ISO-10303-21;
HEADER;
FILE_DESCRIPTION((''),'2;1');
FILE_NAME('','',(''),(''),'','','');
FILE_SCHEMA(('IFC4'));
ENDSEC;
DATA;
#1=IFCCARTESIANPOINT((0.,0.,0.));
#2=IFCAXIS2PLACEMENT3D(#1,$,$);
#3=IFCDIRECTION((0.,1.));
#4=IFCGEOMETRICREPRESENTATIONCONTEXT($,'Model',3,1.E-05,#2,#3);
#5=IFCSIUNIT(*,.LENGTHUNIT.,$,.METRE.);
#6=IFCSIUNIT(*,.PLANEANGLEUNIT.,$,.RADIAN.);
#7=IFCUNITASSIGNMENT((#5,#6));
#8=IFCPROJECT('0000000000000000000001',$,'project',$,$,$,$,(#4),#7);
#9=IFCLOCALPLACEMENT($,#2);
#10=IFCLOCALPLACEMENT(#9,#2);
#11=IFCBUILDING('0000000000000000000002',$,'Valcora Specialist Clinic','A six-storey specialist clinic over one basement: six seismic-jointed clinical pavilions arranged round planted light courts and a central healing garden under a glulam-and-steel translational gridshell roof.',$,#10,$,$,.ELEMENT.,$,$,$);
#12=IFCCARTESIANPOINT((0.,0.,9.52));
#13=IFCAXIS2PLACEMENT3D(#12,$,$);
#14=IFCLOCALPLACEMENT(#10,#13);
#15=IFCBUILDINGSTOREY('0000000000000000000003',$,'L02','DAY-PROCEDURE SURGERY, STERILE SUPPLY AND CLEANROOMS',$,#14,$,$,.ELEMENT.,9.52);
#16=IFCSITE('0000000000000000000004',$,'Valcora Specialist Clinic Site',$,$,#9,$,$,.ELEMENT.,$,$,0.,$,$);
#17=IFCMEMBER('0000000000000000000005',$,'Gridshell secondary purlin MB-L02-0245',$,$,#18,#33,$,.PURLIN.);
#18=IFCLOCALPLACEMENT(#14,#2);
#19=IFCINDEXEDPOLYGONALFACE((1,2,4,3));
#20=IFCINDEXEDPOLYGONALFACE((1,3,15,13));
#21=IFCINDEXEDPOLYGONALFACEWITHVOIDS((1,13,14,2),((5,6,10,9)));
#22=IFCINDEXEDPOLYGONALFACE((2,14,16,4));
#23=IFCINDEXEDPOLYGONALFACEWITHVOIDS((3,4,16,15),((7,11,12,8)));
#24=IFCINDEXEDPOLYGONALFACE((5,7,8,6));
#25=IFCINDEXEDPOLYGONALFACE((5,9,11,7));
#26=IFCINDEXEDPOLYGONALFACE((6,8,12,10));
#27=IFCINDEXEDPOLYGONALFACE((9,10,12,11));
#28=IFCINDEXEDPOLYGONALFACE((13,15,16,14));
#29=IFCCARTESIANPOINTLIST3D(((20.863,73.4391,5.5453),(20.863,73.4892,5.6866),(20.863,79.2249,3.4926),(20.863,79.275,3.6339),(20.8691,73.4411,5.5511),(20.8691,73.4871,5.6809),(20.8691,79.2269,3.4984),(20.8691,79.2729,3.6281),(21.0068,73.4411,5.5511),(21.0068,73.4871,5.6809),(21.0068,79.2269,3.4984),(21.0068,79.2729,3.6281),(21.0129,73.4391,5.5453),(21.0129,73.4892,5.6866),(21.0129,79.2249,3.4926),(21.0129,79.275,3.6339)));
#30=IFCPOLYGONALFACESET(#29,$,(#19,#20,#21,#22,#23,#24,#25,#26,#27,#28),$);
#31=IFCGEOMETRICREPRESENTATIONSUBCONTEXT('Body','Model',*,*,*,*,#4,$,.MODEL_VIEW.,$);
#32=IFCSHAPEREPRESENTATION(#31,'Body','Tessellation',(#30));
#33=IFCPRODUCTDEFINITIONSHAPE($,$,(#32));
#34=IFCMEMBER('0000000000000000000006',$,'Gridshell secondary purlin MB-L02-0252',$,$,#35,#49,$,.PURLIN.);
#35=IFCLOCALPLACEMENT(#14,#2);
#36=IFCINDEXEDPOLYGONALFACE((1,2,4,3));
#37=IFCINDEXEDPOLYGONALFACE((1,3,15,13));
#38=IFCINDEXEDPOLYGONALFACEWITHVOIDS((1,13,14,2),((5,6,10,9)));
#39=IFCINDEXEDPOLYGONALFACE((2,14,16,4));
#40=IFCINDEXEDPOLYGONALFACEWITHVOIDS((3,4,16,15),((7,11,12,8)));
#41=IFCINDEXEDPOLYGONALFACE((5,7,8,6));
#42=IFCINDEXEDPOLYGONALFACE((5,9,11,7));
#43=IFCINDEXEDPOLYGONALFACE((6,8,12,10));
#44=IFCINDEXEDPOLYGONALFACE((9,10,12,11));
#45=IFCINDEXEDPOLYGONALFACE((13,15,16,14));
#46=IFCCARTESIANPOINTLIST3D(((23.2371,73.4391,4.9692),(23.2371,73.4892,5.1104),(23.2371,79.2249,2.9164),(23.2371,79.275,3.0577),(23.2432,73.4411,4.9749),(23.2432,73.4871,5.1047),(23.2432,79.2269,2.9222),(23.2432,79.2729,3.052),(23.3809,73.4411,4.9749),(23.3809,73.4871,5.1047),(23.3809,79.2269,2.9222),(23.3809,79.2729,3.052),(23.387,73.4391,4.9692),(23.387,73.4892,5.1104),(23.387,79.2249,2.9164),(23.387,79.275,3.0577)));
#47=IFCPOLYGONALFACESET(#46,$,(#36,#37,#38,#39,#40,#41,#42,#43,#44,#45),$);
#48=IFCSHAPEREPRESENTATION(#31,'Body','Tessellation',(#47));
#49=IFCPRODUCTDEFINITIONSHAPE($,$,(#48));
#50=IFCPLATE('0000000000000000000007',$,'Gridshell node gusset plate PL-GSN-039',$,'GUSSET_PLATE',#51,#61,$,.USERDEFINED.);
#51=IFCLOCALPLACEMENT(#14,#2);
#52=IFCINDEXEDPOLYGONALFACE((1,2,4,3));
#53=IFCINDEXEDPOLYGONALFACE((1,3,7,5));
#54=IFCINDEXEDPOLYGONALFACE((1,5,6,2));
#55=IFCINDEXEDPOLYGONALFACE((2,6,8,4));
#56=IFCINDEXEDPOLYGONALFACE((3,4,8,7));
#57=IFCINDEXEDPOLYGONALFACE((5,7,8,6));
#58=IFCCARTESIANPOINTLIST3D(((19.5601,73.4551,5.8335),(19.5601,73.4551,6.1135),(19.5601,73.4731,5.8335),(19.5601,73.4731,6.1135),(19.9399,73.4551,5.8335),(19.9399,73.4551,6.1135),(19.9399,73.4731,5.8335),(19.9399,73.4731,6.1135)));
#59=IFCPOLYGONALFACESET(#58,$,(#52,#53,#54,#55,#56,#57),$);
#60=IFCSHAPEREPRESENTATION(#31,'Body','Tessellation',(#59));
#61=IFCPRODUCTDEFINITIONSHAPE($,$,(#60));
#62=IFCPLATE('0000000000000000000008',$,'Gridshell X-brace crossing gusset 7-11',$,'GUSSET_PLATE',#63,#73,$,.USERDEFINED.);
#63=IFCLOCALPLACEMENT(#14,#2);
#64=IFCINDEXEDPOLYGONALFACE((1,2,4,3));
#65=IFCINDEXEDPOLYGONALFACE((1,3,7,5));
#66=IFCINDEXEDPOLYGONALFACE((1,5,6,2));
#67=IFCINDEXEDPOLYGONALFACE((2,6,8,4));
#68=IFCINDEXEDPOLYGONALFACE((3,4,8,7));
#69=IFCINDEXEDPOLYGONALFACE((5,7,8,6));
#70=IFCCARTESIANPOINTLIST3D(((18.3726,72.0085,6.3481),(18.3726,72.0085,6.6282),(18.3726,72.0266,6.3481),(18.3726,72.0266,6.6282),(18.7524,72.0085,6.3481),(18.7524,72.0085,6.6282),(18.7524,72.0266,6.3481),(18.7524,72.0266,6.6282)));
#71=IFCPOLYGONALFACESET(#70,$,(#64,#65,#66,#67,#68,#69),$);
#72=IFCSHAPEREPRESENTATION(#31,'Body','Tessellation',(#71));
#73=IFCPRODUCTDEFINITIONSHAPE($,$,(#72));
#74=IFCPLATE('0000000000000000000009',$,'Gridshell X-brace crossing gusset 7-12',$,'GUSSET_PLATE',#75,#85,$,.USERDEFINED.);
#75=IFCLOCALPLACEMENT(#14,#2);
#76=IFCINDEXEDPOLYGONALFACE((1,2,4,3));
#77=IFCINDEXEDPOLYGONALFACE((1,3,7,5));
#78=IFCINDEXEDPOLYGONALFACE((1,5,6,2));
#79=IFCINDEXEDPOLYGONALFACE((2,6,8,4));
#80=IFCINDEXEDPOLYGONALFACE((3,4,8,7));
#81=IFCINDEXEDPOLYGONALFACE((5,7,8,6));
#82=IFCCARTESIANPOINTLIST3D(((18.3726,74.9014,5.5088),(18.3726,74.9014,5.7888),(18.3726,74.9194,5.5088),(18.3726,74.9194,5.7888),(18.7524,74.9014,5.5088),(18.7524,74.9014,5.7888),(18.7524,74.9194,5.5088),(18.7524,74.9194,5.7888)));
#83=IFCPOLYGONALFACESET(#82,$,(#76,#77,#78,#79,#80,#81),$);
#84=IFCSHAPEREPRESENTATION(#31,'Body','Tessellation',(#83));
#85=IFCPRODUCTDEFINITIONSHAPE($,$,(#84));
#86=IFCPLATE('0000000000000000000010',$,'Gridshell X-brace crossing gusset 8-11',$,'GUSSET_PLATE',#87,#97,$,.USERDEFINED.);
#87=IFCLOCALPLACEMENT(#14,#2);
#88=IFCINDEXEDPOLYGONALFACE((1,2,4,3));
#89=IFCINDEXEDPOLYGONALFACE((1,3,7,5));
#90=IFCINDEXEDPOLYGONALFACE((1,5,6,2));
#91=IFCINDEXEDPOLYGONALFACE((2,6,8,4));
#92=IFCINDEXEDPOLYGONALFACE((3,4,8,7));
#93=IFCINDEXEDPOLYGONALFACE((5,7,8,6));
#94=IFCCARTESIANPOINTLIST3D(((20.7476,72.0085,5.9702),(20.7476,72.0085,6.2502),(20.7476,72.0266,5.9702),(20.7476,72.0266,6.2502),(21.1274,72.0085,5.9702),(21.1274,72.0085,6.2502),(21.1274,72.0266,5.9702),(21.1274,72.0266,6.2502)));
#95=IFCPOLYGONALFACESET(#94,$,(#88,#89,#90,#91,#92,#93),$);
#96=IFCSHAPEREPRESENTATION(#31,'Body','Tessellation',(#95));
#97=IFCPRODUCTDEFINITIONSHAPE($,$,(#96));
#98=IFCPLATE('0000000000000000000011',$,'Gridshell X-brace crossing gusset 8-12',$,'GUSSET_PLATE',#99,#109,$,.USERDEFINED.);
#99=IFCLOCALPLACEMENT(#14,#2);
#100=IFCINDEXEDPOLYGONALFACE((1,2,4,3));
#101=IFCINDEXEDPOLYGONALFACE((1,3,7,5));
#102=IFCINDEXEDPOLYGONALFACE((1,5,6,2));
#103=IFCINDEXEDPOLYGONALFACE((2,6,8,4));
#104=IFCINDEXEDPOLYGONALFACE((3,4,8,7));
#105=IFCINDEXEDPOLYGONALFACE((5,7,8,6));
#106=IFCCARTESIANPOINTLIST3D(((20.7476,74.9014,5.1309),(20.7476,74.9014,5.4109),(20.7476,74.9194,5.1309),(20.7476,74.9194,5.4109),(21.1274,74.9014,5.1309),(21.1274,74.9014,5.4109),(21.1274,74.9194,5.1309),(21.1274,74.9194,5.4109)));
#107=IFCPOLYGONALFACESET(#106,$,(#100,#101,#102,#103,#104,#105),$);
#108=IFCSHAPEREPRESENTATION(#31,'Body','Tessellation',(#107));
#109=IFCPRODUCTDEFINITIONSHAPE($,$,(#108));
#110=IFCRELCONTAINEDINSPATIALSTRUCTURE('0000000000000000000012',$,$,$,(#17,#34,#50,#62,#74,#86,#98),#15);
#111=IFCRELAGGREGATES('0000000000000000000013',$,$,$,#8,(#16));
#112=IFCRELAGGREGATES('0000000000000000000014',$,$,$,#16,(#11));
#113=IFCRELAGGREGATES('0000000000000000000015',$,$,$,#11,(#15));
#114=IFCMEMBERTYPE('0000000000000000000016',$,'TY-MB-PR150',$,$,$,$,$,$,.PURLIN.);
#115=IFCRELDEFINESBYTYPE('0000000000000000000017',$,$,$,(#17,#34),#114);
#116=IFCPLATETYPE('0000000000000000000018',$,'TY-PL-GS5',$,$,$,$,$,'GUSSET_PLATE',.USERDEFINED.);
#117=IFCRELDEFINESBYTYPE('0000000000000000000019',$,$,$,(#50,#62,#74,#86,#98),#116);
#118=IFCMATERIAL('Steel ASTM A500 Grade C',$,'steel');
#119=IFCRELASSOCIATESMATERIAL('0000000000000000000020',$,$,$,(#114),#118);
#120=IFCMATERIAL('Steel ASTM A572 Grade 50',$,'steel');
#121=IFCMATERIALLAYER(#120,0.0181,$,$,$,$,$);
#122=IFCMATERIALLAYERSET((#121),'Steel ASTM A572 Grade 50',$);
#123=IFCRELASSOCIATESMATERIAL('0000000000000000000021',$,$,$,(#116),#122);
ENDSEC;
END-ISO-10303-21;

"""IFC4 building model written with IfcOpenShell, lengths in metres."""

from ifc_helpers import new_model, si_unit, direction, frame, origin, origin_2d, place, context, subcontext, project, spatial, rectangle, hollow_rectangle, extrude, material, layer, layer_set, material_profile, profile_set, type_object, element, save


model = new_model("IFC4")

# Units and contexts
model_context = context("Model", 3, precision=1e-05, world=origin(), true_north=direction((0.0, 1.0)))
body_context = subcontext(model_context, "Body", "Model", "MODEL_VIEW")
ifc_project = project(units=[si_unit("LENGTHUNIT", "METRE"), si_unit("PLANEANGLEUNIT", "RADIAN")], contexts=[model_context])

# Site, building, storey
site_placement = place(None, origin())
site = spatial("IfcSite", under=ifc_project, at=site_placement, Name="Valcora Specialist Clinic Site", CompositionType="ELEMENT", RefElevation=0.0)
building_placement = place(site_placement, origin())
building = spatial("IfcBuilding", under=site, at=building_placement, Name="Valcora Specialist Clinic", Description="A six-storey specialist clinic over one basement: six seismic-jointed clinical pavilions arranged round planted light courts and a central healing garden under a glulam-and-steel translational gridshell roof.", CompositionType="ELEMENT")
storey_placement = place(building_placement, frame((0.0, 0.0, 9.52)))
storey = spatial("IfcBuildingStorey", under=building, at=storey_placement, Name="L02", Description="DAY-PROCEDURE SURGERY, STERILE SUPPLY AND CLEANROOMS", CompositionType="ELEMENT", Elevation=9.52)

# Members
ifc_material_1 = material(Name="Steel ASTM A500 Grade C", Category="steel")
ifc_material_profile_1 = material_profile(ifc_material_1, hollow_rectangle(XDim=0.1499, YDim=0.1499, WallThickness=0.0061, at=origin_2d()), Name="ST-RHS-150X150X6")
ifc_profile_set_1 = profile_set([ifc_material_profile_1], Name="Steel ASTM A500 Grade C")
member_type_1 = type_object("IfcMemberType", Name="TY-MB-PR150", PredefinedType="PURLIN", material=ifc_profile_set_1)
for number, where, z_axis, x_axis, name in (
    (1, (20.938, 73.4641, 5.616), (0.0, 0.942444, -0.334363), (-1.0, 0.0, 0.0), "Gridshell secondary purlin MB-L02-0245"),
    (2, (23.312, 73.4641, 5.0398), (0.0, 0.942444, -0.334363), (-1.0, 0.0, 0.0), "Gridshell secondary purlin MB-L02-0252"),
):
    element("IfcMember", number, at=place(storey_placement, frame(where, z_axis=z_axis, x_axis=x_axis)), inside=storey, type_object=member_type_1, Name=name, PredefinedType="PURLIN", context=body_context, shape_type="SweptSolid", body=[
        extrude(hollow_rectangle(XDim=0.1499, YDim=0.1499, WallThickness=0.0061, at=origin_2d()), origin(), (0.0, 0.0, 1.0), 6.1392),
    ])

# Plates
ifc_material_2 = material(Name="Steel ASTM A572 Grade 50", Category="steel")
ifc_layer = layer(ifc_material_2, 0.0181)
ifc_layer_set = layer_set([ifc_layer], Name="Steel ASTM A572 Grade 50")
plate_type = type_object("IfcPlateType", Name="TY-PL-GS5", ElementType="GUSSET_PLATE", PredefinedType="USERDEFINED", material=ifc_layer_set)
for number, where, z_axis, x_axis, name in (
    (3, (19.75, 73.4641, 5.8335), (0.0, 0.0, 1.0), (1.0, 0.0, 0.0), "Gridshell node gusset plate PL-GSN-039"),
    (4, (18.5625, 72.0176, 6.3481), (0.0, 0.0, 1.0), (1.0, 0.0, 0.0), "Gridshell X-brace crossing gusset 7-11"),
    (5, (18.5625, 74.9104, 5.5088), (0.0, 0.0, 1.0), (1.0, 0.0, 0.0), "Gridshell X-brace crossing gusset 7-12"),
    (6, (20.9375, 72.0176, 5.9702), (0.0, 0.0, 1.0), (1.0, 0.0, 0.0), "Gridshell X-brace crossing gusset 8-11"),
    (7, (20.9375, 74.9104, 5.1309), (0.0, 0.0, 1.0), (1.0, 0.0, 0.0), "Gridshell X-brace crossing gusset 8-12"),
):
    element("IfcPlate", number, at=place(storey_placement, frame(where, z_axis=z_axis, x_axis=x_axis)), inside=storey, type_object=plate_type, Name=name, ObjectType="GUSSET_PLATE", PredefinedType="USERDEFINED", context=body_context, shape_type="SweptSolid", body=[
        extrude(rectangle(XDim=0.3799, YDim=0.0181, at=origin_2d()), origin(), (0.0, 0.0, 1.0), 0.28),
    ])

save(model, "model.ifc")
